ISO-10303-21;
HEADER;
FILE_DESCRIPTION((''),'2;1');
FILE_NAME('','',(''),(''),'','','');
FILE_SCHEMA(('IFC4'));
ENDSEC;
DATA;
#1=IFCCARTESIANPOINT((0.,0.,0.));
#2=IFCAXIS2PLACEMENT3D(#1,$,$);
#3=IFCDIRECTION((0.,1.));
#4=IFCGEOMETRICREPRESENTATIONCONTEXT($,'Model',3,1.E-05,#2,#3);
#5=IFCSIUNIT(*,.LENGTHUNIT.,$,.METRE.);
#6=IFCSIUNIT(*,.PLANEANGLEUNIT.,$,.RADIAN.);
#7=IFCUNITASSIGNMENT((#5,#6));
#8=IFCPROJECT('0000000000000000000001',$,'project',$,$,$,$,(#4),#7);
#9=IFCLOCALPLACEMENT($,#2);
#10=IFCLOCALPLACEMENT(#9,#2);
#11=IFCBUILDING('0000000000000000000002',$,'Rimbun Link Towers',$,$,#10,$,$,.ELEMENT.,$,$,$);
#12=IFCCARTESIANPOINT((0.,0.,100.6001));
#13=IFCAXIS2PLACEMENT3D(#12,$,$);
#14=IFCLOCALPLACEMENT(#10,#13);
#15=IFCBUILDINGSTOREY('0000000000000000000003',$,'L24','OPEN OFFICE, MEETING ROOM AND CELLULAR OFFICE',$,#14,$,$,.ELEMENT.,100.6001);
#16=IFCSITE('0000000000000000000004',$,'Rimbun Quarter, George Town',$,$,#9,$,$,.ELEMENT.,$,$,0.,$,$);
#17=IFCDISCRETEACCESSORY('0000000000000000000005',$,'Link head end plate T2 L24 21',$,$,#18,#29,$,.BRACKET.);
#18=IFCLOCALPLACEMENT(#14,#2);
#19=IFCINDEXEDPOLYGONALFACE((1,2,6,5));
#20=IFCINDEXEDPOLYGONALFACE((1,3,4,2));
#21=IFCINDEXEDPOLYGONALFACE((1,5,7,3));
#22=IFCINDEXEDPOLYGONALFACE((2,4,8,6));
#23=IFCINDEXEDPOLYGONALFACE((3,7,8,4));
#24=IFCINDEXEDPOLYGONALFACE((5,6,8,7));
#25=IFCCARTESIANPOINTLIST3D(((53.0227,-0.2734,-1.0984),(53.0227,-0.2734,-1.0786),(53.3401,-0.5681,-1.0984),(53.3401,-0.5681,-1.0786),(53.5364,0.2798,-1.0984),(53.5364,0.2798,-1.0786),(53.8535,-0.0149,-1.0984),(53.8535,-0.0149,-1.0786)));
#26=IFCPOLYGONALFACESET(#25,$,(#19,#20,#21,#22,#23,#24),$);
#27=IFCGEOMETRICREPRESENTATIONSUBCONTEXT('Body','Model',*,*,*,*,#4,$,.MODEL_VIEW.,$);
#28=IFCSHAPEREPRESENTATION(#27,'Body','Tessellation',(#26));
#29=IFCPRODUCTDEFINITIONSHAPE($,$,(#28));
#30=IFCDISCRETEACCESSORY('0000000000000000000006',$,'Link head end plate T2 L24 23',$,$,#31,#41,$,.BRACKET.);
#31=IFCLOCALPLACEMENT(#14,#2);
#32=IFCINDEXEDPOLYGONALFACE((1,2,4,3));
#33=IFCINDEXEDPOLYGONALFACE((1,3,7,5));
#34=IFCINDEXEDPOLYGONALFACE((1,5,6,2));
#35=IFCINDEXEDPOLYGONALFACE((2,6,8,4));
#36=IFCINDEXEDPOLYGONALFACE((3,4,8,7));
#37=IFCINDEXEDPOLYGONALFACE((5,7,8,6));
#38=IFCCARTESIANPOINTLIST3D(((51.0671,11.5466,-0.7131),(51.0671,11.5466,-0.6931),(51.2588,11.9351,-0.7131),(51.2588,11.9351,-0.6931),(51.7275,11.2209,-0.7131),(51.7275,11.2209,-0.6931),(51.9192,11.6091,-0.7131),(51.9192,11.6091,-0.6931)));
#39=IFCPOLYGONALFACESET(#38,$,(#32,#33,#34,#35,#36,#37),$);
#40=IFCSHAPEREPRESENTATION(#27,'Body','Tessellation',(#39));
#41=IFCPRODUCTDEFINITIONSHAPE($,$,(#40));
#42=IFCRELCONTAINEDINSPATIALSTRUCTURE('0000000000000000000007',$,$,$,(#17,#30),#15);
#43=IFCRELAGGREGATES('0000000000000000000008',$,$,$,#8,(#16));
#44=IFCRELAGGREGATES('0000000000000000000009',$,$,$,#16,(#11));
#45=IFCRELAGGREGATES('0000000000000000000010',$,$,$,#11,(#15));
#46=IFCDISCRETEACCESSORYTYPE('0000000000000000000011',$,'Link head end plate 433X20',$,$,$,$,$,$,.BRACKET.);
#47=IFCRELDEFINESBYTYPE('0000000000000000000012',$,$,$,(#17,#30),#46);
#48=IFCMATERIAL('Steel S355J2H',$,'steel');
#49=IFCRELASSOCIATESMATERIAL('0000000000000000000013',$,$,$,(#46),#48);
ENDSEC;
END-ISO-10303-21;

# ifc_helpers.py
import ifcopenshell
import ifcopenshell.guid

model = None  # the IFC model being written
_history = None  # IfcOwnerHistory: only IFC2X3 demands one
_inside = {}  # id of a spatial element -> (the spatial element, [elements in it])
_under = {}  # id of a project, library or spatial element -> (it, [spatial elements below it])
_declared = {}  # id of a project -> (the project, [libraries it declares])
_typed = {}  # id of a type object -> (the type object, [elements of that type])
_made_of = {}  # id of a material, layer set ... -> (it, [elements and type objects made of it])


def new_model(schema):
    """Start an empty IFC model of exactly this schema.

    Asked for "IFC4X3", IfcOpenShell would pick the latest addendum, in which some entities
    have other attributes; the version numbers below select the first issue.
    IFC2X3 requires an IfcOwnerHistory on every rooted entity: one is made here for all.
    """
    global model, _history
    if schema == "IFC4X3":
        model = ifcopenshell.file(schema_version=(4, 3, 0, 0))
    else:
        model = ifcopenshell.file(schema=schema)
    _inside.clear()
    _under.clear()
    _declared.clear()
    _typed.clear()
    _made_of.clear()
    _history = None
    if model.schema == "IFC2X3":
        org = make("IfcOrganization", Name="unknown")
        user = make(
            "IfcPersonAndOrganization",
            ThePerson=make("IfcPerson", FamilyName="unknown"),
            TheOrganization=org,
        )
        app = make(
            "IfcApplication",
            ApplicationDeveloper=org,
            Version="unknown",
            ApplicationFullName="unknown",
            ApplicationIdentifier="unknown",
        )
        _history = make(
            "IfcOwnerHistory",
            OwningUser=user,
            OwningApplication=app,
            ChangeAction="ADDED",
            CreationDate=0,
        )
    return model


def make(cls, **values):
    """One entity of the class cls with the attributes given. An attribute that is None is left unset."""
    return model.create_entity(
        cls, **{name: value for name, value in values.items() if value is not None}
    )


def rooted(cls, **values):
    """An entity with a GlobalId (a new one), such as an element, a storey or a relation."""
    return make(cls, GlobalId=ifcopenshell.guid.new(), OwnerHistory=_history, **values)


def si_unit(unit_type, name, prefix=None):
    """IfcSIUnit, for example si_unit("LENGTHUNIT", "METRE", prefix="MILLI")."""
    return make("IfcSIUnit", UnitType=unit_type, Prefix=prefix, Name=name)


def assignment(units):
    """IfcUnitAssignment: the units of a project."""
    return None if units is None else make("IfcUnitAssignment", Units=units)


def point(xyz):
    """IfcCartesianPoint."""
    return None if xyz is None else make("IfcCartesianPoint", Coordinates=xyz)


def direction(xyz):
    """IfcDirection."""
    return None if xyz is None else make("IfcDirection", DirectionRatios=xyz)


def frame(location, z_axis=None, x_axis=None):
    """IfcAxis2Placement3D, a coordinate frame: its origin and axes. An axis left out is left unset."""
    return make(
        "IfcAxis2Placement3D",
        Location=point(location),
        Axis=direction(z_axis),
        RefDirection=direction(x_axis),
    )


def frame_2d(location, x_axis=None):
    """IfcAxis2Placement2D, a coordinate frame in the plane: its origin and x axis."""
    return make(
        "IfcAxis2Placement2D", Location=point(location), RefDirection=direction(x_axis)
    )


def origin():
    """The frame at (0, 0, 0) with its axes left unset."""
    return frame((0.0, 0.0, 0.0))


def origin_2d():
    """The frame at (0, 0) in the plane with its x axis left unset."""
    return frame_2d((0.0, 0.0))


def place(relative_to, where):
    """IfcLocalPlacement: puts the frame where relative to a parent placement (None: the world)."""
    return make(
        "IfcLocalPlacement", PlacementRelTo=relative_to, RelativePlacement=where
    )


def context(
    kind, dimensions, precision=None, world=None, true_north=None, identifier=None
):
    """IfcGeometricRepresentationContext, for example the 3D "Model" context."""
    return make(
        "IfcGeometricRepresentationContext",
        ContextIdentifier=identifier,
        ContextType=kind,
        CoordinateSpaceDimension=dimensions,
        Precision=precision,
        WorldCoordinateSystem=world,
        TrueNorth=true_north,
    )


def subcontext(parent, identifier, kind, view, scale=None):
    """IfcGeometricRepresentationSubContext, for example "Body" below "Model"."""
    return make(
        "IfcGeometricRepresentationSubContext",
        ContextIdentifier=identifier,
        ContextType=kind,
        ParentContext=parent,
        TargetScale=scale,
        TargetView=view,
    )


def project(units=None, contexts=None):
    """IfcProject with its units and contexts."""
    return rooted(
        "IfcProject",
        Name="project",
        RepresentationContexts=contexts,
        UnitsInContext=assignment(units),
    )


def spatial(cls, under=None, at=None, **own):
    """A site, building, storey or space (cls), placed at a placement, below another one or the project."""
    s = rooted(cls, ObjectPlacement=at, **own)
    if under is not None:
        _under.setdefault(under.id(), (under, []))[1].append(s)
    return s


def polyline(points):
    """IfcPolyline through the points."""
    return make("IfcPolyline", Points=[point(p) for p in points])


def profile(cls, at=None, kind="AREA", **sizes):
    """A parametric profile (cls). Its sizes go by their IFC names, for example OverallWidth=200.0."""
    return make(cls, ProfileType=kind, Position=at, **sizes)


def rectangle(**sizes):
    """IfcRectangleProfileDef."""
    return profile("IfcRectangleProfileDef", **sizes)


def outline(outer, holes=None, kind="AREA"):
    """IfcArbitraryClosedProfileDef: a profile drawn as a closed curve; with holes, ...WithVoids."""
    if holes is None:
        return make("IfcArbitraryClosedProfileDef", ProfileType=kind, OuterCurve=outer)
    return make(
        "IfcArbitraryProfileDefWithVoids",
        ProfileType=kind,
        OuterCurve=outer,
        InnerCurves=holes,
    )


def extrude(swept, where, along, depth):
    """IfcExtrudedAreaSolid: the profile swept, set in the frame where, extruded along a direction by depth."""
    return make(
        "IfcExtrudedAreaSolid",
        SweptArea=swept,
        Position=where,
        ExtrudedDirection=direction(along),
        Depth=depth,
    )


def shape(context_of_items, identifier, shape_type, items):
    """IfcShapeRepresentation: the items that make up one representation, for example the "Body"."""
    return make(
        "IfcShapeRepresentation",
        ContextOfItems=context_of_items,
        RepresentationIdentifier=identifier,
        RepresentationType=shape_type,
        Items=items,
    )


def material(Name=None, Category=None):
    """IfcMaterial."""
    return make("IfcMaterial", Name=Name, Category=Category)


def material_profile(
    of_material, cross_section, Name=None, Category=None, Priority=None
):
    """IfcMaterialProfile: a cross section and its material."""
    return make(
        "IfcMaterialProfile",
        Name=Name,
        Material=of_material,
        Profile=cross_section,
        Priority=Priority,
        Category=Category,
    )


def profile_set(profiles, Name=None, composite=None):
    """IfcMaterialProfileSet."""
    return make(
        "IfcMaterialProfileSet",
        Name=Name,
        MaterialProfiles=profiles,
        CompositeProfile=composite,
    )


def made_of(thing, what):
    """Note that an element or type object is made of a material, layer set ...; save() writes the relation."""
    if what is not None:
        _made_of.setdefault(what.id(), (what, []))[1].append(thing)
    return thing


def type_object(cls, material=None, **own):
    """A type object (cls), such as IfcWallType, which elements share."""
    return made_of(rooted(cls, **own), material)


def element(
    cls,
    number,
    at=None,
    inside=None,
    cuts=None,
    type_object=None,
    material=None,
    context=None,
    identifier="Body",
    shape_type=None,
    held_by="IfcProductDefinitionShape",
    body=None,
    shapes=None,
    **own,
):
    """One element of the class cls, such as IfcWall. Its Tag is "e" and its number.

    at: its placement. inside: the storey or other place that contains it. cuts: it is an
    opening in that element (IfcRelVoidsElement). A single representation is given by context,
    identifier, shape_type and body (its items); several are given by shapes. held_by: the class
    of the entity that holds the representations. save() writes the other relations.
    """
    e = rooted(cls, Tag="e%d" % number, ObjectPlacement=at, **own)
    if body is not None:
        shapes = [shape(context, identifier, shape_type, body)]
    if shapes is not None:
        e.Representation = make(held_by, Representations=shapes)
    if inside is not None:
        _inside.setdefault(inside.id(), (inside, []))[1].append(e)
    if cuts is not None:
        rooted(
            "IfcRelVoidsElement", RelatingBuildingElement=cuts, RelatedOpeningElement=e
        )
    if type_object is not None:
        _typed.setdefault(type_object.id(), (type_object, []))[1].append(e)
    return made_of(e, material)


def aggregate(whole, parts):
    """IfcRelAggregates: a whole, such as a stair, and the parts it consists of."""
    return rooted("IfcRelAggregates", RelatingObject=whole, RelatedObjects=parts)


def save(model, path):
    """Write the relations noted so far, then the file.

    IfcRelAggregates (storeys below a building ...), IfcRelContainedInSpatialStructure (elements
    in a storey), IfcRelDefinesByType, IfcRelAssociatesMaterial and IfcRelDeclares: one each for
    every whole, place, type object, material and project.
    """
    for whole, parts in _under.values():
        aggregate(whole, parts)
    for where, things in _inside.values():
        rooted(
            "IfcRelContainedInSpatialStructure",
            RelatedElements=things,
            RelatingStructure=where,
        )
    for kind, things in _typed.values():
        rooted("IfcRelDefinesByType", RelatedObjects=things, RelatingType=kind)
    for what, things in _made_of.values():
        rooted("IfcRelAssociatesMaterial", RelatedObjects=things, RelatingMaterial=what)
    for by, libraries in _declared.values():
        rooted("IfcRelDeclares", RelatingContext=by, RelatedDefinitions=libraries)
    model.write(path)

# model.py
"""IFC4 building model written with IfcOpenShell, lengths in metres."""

from ifc_helpers import new_model, si_unit, direction, frame, origin, origin_2d, place, context, subcontext, project, spatial, polyline, rectangle, outline, extrude, material, material_profile, profile_set, type_object, element, save


model = new_model("IFC4")

# Units and contexts
model_context = context("Model", 3, precision=1e-05, world=origin(), true_north=direction((0.0, 1.0)))
body_context = subcontext(model_context, "Body", "Model", "MODEL_VIEW")
ifc_project = project(units=[si_unit("LENGTHUNIT", "METRE"), si_unit("PLANEANGLEUNIT", "RADIAN")], contexts=[model_context])

# Site, building, storey
site_placement = place(None, origin())
site = spatial("IfcSite", under=ifc_project, at=site_placement, Name="Rimbun Quarter, George Town", CompositionType="ELEMENT", RefElevation=0.0)
building_placement = place(site_placement, origin())
building = spatial("IfcBuilding", under=site, at=building_placement, Name="Rimbun Link Towers", CompositionType="ELEMENT")
storey_placement = place(building_placement, frame((0.0, 0.0, 100.6001)))
storey = spatial("IfcBuildingStorey", under=building, at=storey_placement, Name="L24", Description="OPEN OFFICE, MEETING ROOM AND CELLULAR OFFICE", CompositionType="ELEMENT", Elevation=100.6001)

# Discrete accessories
ifc_material_1 = material(Name="Steel S355J2H", Category="steel")
ifc_material_profile_1 = material_profile(ifc_material_1, rectangle(XDim=0.4331, YDim=0.4331, at=origin_2d()), Name="PL 433x433")
ifc_profile_set_1 = profile_set([ifc_material_profile_1], Name="Steel S355J2H")
discrete_accessory_type_1 = type_object("IfcDiscreteAccessoryType", Name="Link head end plate 433X20", PredefinedType="BRACKET", material=ifc_profile_set_1)
discrete_accessory_1_placement = place(storey_placement, frame((0.0, 0.0, -1.0984)))
element("IfcDiscreteAccessory", 1, at=discrete_accessory_1_placement, inside=storey, type_object=discrete_accessory_type_1, Name="Link head end plate T2 L24 21", PredefinedType="BRACKET", context=body_context, shape_type="SweptSolid", body=[
    extrude(outline(polyline([(53.3401, -0.5681), (53.8535, -0.0149), (53.5364, 0.2798), (53.0227, -0.2734), (53.3401, -0.5681)])), origin(), (0.0, 0.0, 1.0), 0.0198),
])
discrete_accessory_2_placement = place(storey_placement, frame((0.0, 0.0, -0.7131)))
element("IfcDiscreteAccessory", 2, at=discrete_accessory_2_placement, inside=storey, type_object=discrete_accessory_type_1, Name="Link head end plate T2 L24 23", PredefinedType="BRACKET", context=body_context, shape_type="SweptSolid", body=[
    extrude(outline(polyline([(51.0671, 11.5466), (51.7275, 11.2209), (51.9192, 11.6091), (51.2588, 11.9351), (51.0671, 11.5466)])), origin(), (0.0, 0.0, 1.0), 0.02),
])

save(model, "model.ifc")
